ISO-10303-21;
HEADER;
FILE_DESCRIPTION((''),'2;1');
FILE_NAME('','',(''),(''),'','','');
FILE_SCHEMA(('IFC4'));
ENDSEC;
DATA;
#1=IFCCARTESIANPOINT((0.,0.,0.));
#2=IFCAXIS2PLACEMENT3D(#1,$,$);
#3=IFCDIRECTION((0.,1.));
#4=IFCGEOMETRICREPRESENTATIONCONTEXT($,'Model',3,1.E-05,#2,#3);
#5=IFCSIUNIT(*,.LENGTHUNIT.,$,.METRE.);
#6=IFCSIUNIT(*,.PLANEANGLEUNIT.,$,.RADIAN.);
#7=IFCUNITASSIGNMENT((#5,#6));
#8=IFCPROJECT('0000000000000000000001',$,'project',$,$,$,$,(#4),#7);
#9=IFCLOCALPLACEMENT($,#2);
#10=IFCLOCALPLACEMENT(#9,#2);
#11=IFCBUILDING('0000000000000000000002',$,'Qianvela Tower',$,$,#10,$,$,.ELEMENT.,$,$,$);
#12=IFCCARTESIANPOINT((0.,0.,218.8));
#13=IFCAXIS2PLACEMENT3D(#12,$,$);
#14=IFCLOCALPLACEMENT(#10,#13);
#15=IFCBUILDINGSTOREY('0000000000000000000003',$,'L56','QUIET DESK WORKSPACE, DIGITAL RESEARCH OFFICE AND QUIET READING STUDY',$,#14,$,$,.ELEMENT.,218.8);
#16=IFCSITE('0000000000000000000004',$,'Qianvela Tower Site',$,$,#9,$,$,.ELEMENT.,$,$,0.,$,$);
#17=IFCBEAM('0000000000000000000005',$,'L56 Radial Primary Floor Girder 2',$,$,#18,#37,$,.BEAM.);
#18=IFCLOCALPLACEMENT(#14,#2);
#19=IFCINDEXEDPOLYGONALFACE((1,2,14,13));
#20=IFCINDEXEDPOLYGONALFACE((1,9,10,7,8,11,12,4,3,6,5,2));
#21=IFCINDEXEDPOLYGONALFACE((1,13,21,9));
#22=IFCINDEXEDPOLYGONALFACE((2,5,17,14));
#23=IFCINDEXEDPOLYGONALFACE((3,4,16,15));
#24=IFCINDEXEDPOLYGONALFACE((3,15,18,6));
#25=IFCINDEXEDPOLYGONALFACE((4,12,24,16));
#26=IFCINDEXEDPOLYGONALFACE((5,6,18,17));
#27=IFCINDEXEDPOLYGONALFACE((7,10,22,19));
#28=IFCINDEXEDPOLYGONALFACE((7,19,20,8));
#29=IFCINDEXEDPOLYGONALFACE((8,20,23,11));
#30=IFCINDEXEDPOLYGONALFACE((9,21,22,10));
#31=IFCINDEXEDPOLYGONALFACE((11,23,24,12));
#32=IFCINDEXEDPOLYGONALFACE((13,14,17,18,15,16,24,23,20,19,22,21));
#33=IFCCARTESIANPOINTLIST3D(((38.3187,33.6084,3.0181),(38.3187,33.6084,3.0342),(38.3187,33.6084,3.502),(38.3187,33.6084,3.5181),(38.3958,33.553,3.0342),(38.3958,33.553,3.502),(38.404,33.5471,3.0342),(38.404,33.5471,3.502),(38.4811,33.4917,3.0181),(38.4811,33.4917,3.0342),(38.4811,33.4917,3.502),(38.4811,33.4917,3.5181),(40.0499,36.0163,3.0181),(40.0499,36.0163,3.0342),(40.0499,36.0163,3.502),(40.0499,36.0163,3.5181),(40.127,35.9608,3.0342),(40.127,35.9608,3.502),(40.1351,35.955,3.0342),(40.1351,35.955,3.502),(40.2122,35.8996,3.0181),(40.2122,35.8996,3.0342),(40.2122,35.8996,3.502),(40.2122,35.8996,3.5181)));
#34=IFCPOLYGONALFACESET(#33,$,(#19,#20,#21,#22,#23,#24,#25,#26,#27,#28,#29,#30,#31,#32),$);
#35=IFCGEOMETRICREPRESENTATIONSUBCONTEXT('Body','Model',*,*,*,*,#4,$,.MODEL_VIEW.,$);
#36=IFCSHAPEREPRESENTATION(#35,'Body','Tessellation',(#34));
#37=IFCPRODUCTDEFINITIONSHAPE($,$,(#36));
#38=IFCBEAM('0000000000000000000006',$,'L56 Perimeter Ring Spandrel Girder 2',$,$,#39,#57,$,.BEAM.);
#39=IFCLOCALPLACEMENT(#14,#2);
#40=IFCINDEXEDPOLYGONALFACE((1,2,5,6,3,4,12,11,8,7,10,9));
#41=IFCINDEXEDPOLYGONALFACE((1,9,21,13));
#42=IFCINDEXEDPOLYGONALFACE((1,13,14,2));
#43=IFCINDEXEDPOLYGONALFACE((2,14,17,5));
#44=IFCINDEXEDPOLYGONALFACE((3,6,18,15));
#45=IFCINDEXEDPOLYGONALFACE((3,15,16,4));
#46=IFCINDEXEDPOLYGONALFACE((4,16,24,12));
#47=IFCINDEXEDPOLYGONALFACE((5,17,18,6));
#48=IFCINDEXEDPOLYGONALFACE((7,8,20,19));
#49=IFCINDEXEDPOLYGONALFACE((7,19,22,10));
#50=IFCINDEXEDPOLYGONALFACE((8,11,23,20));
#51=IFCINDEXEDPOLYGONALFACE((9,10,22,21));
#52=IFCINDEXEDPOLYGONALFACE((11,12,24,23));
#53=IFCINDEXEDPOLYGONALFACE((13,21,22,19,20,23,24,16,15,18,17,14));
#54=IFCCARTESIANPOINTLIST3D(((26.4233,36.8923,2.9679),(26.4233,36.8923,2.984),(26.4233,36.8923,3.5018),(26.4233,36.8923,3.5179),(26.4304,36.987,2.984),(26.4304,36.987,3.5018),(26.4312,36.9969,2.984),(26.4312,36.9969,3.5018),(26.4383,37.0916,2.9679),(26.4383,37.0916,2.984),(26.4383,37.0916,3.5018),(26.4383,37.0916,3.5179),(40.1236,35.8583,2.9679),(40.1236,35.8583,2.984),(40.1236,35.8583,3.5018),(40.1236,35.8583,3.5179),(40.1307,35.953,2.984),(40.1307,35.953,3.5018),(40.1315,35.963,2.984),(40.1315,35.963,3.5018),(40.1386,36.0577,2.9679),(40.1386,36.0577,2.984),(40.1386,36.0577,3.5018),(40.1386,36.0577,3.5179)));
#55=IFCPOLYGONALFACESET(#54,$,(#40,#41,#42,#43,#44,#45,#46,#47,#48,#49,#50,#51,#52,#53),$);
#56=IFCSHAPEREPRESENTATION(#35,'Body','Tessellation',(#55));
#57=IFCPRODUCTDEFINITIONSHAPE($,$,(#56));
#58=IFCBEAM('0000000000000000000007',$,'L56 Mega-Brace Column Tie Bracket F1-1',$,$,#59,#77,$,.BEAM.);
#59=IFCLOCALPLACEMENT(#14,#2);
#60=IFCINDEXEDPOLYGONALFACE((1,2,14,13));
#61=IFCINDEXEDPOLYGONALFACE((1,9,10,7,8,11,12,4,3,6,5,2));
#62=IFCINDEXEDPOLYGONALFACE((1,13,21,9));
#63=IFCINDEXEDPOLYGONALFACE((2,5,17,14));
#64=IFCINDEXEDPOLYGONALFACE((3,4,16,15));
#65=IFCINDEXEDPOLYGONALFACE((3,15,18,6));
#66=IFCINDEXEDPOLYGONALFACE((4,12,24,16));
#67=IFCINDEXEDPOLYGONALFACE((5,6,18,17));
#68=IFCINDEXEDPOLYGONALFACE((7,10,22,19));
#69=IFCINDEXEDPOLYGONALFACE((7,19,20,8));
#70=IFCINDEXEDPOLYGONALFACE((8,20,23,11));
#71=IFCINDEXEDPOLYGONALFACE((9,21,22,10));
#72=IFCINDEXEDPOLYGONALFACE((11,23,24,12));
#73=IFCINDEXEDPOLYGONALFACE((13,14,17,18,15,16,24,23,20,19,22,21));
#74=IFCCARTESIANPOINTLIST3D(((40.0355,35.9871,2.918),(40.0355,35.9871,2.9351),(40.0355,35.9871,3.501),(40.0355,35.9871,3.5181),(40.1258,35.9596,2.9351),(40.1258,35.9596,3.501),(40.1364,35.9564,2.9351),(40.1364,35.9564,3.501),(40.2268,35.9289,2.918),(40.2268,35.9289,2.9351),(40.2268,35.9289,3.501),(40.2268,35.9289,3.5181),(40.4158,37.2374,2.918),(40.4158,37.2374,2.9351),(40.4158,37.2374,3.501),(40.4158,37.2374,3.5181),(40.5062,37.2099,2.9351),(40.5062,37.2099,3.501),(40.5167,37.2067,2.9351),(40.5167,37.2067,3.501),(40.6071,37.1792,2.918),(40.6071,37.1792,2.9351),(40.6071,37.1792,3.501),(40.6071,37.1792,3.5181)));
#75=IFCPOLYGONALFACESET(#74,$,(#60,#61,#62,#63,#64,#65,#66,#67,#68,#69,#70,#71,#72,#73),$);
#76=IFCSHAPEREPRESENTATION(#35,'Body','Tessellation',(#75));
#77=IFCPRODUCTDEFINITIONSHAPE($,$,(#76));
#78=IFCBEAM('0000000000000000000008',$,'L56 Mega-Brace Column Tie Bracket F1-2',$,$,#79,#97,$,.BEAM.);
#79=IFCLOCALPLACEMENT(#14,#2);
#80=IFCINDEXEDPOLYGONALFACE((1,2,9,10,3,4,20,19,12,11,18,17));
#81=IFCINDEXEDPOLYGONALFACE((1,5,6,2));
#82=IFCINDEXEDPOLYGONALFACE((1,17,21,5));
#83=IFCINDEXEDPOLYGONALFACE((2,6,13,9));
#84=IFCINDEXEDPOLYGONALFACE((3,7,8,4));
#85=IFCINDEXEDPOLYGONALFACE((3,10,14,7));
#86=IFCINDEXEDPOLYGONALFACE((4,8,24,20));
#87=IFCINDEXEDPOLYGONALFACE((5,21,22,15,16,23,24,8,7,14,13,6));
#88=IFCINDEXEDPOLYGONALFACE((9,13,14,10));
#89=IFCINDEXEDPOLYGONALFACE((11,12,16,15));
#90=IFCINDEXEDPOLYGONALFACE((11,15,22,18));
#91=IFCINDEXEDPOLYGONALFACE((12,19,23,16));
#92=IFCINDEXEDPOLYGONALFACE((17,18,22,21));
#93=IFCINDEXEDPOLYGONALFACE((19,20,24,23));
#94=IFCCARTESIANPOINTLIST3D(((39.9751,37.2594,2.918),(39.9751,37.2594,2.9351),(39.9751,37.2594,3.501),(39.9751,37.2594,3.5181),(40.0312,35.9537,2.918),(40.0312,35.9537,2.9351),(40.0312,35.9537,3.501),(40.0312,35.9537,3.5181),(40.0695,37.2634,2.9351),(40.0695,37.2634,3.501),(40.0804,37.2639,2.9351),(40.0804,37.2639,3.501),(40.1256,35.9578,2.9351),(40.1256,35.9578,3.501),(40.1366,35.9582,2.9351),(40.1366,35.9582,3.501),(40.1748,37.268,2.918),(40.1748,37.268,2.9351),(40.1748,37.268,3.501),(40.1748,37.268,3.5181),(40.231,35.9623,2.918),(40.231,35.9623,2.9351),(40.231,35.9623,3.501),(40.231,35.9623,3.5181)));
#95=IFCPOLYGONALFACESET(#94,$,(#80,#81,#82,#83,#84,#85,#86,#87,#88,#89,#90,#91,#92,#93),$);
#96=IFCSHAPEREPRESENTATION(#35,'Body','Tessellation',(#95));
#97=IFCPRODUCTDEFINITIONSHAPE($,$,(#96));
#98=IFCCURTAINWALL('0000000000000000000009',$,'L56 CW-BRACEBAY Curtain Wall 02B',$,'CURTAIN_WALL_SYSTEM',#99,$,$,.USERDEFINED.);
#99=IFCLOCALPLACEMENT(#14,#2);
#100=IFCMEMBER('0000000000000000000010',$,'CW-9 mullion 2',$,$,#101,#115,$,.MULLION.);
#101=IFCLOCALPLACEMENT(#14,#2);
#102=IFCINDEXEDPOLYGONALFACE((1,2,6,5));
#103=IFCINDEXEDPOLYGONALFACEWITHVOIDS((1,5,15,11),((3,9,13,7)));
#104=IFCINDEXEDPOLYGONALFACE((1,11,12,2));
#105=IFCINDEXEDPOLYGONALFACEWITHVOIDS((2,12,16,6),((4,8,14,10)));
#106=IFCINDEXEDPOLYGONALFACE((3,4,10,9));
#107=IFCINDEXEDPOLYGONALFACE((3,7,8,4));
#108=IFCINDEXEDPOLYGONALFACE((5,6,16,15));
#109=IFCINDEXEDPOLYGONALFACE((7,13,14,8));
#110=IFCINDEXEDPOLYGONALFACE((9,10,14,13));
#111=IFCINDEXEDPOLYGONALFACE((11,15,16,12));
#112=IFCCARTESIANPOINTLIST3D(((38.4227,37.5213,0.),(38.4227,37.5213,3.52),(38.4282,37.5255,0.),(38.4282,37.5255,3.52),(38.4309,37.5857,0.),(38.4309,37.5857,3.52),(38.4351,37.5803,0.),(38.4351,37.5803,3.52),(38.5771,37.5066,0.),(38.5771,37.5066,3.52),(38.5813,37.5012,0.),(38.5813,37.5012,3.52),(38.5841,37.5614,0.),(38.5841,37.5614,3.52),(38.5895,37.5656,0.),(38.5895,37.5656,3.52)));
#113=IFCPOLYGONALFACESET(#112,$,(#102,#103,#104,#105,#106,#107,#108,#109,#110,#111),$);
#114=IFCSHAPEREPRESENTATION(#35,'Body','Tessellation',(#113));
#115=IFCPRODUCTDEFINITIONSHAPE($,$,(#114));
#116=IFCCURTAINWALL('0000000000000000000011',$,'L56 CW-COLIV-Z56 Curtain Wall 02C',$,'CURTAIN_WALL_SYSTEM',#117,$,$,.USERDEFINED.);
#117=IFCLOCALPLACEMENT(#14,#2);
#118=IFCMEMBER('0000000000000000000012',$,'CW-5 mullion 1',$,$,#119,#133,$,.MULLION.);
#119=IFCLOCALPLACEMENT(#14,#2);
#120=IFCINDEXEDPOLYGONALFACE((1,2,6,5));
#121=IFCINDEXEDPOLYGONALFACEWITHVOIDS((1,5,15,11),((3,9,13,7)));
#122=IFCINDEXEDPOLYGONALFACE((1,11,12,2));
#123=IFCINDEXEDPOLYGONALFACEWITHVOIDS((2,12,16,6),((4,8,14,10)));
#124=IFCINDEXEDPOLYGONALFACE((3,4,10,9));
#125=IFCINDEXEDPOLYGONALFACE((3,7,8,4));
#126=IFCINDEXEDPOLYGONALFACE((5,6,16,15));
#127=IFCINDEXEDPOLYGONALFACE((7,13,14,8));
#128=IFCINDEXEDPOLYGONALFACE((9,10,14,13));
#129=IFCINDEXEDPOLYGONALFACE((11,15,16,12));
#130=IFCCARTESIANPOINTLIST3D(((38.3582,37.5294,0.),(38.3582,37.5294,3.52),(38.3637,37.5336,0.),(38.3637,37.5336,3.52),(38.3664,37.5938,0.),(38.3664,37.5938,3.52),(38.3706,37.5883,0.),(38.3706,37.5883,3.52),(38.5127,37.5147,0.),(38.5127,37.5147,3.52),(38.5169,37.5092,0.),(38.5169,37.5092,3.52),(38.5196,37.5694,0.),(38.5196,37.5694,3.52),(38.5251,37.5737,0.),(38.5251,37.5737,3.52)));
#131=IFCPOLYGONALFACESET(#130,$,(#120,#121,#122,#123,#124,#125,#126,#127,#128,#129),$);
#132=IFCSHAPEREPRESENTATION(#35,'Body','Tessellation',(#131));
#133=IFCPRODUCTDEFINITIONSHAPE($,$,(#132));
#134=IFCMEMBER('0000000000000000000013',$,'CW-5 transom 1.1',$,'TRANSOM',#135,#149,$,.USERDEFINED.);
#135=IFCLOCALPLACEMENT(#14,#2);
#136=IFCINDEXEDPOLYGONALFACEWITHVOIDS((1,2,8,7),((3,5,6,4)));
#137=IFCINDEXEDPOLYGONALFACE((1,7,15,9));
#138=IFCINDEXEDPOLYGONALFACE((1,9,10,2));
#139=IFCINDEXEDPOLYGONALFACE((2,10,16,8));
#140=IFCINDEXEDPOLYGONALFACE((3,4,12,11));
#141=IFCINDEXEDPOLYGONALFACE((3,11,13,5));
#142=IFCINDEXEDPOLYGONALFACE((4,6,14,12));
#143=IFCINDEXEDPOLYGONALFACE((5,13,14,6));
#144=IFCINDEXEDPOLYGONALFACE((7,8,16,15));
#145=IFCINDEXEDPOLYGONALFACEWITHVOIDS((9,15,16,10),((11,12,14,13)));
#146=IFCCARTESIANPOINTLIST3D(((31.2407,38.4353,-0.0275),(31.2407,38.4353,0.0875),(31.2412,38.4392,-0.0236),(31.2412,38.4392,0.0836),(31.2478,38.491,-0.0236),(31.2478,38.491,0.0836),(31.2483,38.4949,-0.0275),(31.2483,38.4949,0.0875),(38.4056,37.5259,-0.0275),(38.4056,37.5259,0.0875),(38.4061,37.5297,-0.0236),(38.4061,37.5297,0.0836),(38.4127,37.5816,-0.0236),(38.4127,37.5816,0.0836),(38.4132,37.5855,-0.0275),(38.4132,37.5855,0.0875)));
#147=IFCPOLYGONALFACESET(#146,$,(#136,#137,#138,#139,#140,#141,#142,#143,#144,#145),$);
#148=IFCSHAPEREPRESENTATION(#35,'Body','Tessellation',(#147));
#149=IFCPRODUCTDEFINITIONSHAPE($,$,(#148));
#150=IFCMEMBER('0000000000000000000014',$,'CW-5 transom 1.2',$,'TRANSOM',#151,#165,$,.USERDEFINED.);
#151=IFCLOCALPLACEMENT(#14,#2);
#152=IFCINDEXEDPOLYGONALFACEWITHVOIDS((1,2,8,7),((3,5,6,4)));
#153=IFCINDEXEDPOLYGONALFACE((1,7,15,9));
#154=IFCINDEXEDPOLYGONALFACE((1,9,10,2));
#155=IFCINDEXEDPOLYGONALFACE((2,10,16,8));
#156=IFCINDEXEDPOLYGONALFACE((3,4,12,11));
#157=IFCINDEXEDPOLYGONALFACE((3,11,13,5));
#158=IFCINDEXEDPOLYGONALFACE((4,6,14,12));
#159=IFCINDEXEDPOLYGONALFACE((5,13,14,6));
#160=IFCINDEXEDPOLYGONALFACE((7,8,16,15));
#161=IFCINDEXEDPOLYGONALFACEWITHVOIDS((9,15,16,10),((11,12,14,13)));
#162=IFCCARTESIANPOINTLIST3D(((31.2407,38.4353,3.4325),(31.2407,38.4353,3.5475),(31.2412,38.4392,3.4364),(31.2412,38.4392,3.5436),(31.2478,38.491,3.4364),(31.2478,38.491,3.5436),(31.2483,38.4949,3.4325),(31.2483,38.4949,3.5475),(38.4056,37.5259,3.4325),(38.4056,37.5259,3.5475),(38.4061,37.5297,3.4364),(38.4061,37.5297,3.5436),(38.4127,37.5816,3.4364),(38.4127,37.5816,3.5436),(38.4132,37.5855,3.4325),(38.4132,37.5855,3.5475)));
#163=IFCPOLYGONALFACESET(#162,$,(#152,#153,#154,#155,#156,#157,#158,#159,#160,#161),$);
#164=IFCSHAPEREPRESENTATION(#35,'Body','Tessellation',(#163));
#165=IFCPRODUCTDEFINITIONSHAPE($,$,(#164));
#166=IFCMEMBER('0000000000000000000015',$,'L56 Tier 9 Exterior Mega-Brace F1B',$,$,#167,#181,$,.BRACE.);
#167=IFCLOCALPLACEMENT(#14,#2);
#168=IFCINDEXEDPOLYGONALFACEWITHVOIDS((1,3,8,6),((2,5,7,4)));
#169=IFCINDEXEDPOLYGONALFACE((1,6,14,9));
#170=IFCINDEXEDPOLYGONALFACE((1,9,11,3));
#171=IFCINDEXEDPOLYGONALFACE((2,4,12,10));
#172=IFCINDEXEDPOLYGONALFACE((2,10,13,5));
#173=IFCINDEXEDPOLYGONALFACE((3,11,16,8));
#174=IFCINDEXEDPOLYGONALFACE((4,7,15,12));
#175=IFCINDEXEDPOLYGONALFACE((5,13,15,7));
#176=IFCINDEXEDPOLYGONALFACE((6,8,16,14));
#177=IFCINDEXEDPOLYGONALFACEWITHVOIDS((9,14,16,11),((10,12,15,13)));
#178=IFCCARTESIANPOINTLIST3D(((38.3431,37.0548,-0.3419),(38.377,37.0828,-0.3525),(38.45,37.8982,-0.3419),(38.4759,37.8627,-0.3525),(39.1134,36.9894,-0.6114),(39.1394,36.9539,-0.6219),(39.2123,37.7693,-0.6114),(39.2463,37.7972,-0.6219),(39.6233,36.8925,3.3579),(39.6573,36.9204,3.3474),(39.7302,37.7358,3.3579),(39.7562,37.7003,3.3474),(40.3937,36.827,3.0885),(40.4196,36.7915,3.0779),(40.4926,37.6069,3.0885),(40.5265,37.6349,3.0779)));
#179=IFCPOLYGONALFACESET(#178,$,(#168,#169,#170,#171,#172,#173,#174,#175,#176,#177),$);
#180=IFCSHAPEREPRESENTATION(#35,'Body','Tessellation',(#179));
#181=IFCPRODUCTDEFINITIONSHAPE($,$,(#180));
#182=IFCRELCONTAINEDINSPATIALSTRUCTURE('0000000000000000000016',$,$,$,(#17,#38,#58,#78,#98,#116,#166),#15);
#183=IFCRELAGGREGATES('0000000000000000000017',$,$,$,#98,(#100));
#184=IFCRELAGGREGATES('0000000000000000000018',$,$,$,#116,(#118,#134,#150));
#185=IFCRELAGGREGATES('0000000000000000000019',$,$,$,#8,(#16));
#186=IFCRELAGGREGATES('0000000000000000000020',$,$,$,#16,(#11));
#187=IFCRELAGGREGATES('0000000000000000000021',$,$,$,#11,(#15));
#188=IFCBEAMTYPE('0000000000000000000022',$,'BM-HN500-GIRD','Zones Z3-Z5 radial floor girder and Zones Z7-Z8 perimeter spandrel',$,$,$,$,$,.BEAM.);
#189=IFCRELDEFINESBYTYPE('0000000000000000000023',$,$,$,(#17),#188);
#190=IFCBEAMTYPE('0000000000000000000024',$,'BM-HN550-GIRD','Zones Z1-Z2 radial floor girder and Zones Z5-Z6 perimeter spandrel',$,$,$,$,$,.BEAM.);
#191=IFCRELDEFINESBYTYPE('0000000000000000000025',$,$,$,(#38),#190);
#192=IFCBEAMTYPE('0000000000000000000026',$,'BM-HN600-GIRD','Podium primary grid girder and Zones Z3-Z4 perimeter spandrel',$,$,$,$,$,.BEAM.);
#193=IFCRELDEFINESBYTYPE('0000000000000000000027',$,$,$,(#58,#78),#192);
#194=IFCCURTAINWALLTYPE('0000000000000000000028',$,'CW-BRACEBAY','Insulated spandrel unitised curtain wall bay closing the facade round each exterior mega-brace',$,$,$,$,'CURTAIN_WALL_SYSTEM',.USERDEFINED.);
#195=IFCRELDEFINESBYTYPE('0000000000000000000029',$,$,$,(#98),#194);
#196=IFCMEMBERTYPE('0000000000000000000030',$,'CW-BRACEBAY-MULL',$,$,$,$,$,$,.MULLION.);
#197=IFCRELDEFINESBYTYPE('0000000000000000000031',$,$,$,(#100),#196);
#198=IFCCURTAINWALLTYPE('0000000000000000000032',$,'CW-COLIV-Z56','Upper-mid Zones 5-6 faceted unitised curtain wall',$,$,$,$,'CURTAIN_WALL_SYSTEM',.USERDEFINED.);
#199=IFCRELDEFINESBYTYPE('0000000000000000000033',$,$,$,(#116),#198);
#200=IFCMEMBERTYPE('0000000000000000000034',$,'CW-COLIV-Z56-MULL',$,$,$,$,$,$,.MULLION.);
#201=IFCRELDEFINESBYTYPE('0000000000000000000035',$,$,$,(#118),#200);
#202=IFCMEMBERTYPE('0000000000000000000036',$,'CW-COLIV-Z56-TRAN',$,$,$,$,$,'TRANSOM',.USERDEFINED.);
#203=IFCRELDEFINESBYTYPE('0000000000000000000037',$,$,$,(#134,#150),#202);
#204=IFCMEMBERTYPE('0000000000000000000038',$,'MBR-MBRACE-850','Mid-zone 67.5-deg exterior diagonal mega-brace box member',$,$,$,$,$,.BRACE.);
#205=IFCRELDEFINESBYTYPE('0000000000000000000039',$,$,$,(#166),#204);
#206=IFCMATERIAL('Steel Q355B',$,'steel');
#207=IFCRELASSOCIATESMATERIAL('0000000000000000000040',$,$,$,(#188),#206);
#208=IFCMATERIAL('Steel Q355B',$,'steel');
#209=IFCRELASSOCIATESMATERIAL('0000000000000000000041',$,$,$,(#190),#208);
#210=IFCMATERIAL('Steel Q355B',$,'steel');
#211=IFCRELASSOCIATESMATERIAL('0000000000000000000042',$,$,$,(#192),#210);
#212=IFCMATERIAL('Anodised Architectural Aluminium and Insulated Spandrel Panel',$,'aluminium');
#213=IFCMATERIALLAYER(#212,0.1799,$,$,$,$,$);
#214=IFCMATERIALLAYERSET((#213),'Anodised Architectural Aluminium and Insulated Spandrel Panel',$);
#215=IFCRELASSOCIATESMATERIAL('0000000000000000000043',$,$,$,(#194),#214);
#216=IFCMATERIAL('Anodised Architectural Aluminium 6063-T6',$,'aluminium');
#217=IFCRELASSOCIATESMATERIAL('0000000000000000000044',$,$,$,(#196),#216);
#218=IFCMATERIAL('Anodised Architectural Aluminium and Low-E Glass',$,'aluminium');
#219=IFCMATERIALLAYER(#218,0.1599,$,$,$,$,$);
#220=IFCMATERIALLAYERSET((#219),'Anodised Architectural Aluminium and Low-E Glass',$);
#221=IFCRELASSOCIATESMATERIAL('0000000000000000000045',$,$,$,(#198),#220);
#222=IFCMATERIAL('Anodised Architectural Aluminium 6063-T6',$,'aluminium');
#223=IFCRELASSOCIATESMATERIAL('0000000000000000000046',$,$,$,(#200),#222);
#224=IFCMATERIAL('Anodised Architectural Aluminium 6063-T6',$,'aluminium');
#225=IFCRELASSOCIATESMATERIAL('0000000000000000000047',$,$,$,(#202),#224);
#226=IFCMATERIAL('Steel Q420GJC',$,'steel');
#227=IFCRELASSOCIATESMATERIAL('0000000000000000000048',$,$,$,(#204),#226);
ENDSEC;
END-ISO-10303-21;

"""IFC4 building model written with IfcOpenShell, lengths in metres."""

from ifc_helpers import new_model, si_unit, direction, frame, origin, origin_2d, place, context, subcontext, project, spatial, hollow_rectangle, i_section, extrude, material, layer, layer_set, material_profile, profile_set, type_object, element, aggregate, save


model = new_model("IFC4")

# Units and contexts
model_context = context("Model", 3, precision=1e-05, world=origin(), true_north=direction((0.0, 1.0)))
body_context = subcontext(model_context, "Body", "Model", "MODEL_VIEW")
ifc_project = project(units=[si_unit("LENGTHUNIT", "METRE"), si_unit("PLANEANGLEUNIT", "RADIAN")], contexts=[model_context])

# Site, building, storey
site_placement = place(None, origin())
site = spatial("IfcSite", under=ifc_project, at=site_placement, Name="Qianvela Tower Site", CompositionType="ELEMENT", RefElevation=0.0)
building_placement = place(site_placement, origin())
building = spatial("IfcBuilding", under=site, at=building_placement, Name="Qianvela Tower", CompositionType="ELEMENT")
storey_placement = place(building_placement, frame((0.0, 0.0, 218.8)))
storey = spatial("IfcBuildingStorey", under=building, at=storey_placement, Name="L56", Description="QUIET DESK WORKSPACE, DIGITAL RESEARCH OFFICE AND QUIET READING STUDY", CompositionType="ELEMENT", Elevation=218.8)

# Beams
ifc_material_1 = material(Name="Steel Q355B", Category="steel")
ifc_material_profile_1 = material_profile(ifc_material_1, i_section(OverallWidth=0.2, OverallDepth=0.5, WebThickness=0.01, FlangeThickness=0.0161, at=origin_2d()), Name="HN500x200x10x16")
ifc_profile_set_1 = profile_set([ifc_material_profile_1], Name="Steel Q355B")
beam_type_1 = type_object("IfcBeamType", Name="BM-HN500-GIRD", Description="Zones Z3-Z5 radial floor girder and Zones Z7-Z8 perimeter spandrel", PredefinedType="BEAM", material=ifc_profile_set_1)
beam_1_placement = place(storey_placement, frame((38.3999, 33.55, 3.2681), z_axis=(0.583743, 0.811939, 0.0), x_axis=(-0.811939, 0.583743, 0.0)))
element("IfcBeam", 1, at=beam_1_placement, inside=storey, type_object=beam_type_1, Name="L56 Radial Primary Floor Girder 2", PredefinedType="BEAM", context=body_context, shape_type="SweptSolid", body=[
    extrude(i_section(OverallWidth=0.2, OverallDepth=0.5, WebThickness=0.01, FlangeThickness=0.0161, at=origin_2d()), origin(), (0.0, 0.0, 1.0), 2.9656),
])
ifc_material_2 = material(Name="Steel Q355B", Category="steel")
ifc_material_profile_2 = material_profile(ifc_material_2, i_section(OverallWidth=0.2, OverallDepth=0.55, WebThickness=0.01, FlangeThickness=0.0161, at=origin_2d()), Name="HN550x200x10x16")
ifc_profile_set_2 = profile_set([ifc_material_profile_2], Name="Steel Q355B")
beam_type_2 = type_object("IfcBeamType", Name="BM-HN550-GIRD", Description="Zones Z1-Z2 radial floor girder and Zones Z5-Z6 perimeter spandrel", PredefinedType="BEAM", material=ifc_profile_set_2)
beam_2_placement = place(storey_placement, frame((40.1311, 35.958, 3.2429), z_axis=(-0.997164, 0.075255, 0.0), x_axis=(-0.075255, -0.997164, 0.0)))
element("IfcBeam", 2, at=beam_2_placement, inside=storey, type_object=beam_type_2, Name="L56 Perimeter Ring Spandrel Girder 2", PredefinedType="BEAM", context=body_context, shape_type="SweptSolid", body=[
    extrude(i_section(OverallWidth=0.2, OverallDepth=0.55, WebThickness=0.01, FlangeThickness=0.0161, at=origin_2d()), origin(), (0.0, 0.0, 1.0), 13.7393),
])
ifc_material_3 = material(Name="Steel Q355B", Category="steel")
ifc_material_profile_3 = material_profile(ifc_material_3, i_section(OverallWidth=0.2, OverallDepth=0.6001, WebThickness=0.011, FlangeThickness=0.0171, at=origin_2d()), Name="HN600x200x11x17")
ifc_profile_set_3 = profile_set([ifc_material_profile_3], Name="Steel Q355B")
beam_type_3 = type_object("IfcBeamType", Name="BM-HN600-GIRD", Description="Podium primary grid girder and Zones Z3-Z4 perimeter spandrel", PredefinedType="BEAM", material=ifc_profile_set_3)
for number, where, z_axis, x_axis, name in (
    (3, (40.1311, 35.958, 3.218), (0.291065, 0.956703, 0.0), (-0.956703, 0.291065, 0.0), "L56 Mega-Brace Column Tie Bracket F1-1"),
    (4, (40.1311, 35.958, 3.218), (-0.042967, 0.999076, 0.0), (-0.999076, -0.042967, 0.0), "L56 Mega-Brace Column Tie Bracket F1-2"),
):
    element("IfcBeam", number, at=place(storey_placement, frame(where, z_axis=z_axis, x_axis=x_axis)), inside=storey, type_object=beam_type_3, Name=name, PredefinedType="BEAM", context=body_context, shape_type="SweptSolid", body=[
        extrude(i_section(OverallWidth=0.2, OverallDepth=0.6001, WebThickness=0.011, FlangeThickness=0.0171, at=origin_2d()), origin(), (0.0, 0.0, 1.0), 1.3069),
    ])

# Curtain wall, member
ifc_material_4 = material(Name="Anodised Architectural Aluminium and Insulated Spandrel Panel", Category="aluminium")
ifc_layer_1 = layer(ifc_material_4, 0.1799)
ifc_layer_set_1 = layer_set([ifc_layer_1], Name="Anodised Architectural Aluminium and Insulated Spandrel Panel")
curtain_wall_type_1 = type_object("IfcCurtainWallType", Name="CW-BRACEBAY", Description="Insulated spandrel unitised curtain wall bay closing the facade round each exterior mega-brace", ElementType="CURTAIN_WALL_SYSTEM", PredefinedType="USERDEFINED", material=ifc_layer_set_1)
curtain_wall_1_placement = place(storey_placement, origin())
curtain_wall_1 = element("IfcCurtainWall", 5, at=curtain_wall_1_placement, inside=storey, type_object=curtain_wall_type_1, Name="L56 CW-BRACEBAY Curtain Wall 02B", ObjectType="CURTAIN_WALL_SYSTEM", PredefinedType="USERDEFINED")
ifc_material_5 = material(Name="Anodised Architectural Aluminium 6063-T6", Category="aluminium")
ifc_material_profile_4 = material_profile(ifc_material_5, hollow_rectangle(XDim=0.0649, YDim=0.1599, WallThickness=0.0049, at=origin_2d()), Name="ALU-MULL-65x160")
ifc_profile_set_4 = profile_set([ifc_material_profile_4], Name="Anodised Architectural Aluminium 6063-T6")
member_type_1 = type_object("IfcMemberType", Name="CW-BRACEBAY-MULL", PredefinedType="MULLION", material=ifc_profile_set_4)
member_1_placement = place(storey_placement, frame((38.5061, 37.5435, 0.0), z_axis=(0.0, 0.0, 1.0), x_axis=(-0.125899, -0.992043, 0.0)))
member_1 = element("IfcMember", 6, at=member_1_placement, type_object=member_type_1, Name="CW-9 mullion 2", PredefinedType="MULLION", context=body_context, shape_type="SweptSolid", body=[
    extrude(hollow_rectangle(XDim=0.0649, YDim=0.1599, WallThickness=0.0049, at=origin_2d()), origin(), (0.0, 0.0, 1.0), 3.52),
])

# Curtain wall, members
ifc_material_6 = material(Name="Anodised Architectural Aluminium and Low-E Glass", Category="aluminium")
ifc_layer_2 = layer(ifc_material_6, 0.1599)
ifc_layer_set_2 = layer_set([ifc_layer_2], Name="Anodised Architectural Aluminium and Low-E Glass")
curtain_wall_type_2 = type_object("IfcCurtainWallType", Name="CW-COLIV-Z56", Description="Upper-mid Zones 5-6 faceted unitised curtain wall", ElementType="CURTAIN_WALL_SYSTEM", PredefinedType="USERDEFINED", material=ifc_layer_set_2)
curtain_wall_2_placement = place(storey_placement, origin())
curtain_wall_2 = element("IfcCurtainWall", 7, at=curtain_wall_2_placement, inside=storey, type_object=curtain_wall_type_2, Name="L56 CW-COLIV-Z56 Curtain Wall 02C", ObjectType="CURTAIN_WALL_SYSTEM", PredefinedType="USERDEFINED")
ifc_material_7 = material(Name="Anodised Architectural Aluminium 6063-T6", Category="aluminium")
ifc_material_profile_5 = material_profile(ifc_material_7, hollow_rectangle(XDim=0.0649, YDim=0.1599, WallThickness=0.0049, at=origin_2d()), Name="ALU-MULL-65x160")
ifc_profile_set_5 = profile_set([ifc_material_profile_5], Name="Anodised Architectural Aluminium 6063-T6")
member_type_2 = type_object("IfcMemberType", Name="CW-COLIV-Z56-MULL", PredefinedType="MULLION", material=ifc_profile_set_5)
member_2_placement = place(storey_placement, frame((38.4417, 37.5515, 0.0), z_axis=(0.0, 0.0, 1.0), x_axis=(-0.125903, -0.992043, 0.0)))
member_2 = element("IfcMember", 8, at=member_2_placement, type_object=member_type_2, Name="CW-5 mullion 1", PredefinedType="MULLION", context=body_context, shape_type="SweptSolid", body=[
    extrude(hollow_rectangle(XDim=0.0649, YDim=0.1599, WallThickness=0.0049, at=origin_2d()), origin(), (0.0, 0.0, 1.0), 3.52),
])
ifc_material_8 = material(Name="Anodised Architectural Aluminium 6063-T6", Category="aluminium")
ifc_material_profile_6 = material_profile(ifc_material_8, hollow_rectangle(XDim=0.0601, YDim=0.115, WallThickness=0.0039, at=origin_2d()), Name="ALU-TRAN-60x115")
ifc_profile_set_6 = profile_set([ifc_material_profile_6], Name="Anodised Architectural Aluminium 6063-T6")
member_type_3 = type_object("IfcMemberType", Name="CW-COLIV-Z56-TRAN", ElementType="TRANSOM", PredefinedType="USERDEFINED", material=ifc_profile_set_6)
member_3_placement = place(storey_placement, frame((38.4094, 37.5557, 0.03), z_axis=(-0.992041, 0.125915, 0.0), x_axis=(-0.125915, -0.992041, 0.0)))
member_3 = element("IfcMember", 9, at=member_3_placement, type_object=member_type_3, Name="CW-5 transom 1.1", ObjectType="TRANSOM", PredefinedType="USERDEFINED", context=body_context, shape_type="SweptSolid", body=[
    extrude(hollow_rectangle(XDim=0.0601, YDim=0.115, WallThickness=0.0039, at=origin_2d()), origin(), (0.0, 0.0, 1.0), 7.2224),
])
member_4_placement = place(storey_placement, frame((38.4094, 37.5557, 3.49), z_axis=(-0.992041, 0.125915, 0.0), x_axis=(-0.125915, -0.992041, 0.0)))
member_4 = element("IfcMember", 10, at=member_4_placement, type_object=member_type_3, Name="CW-5 transom 1.2", ObjectType="TRANSOM", PredefinedType="USERDEFINED", context=body_context, shape_type="SweptSolid", body=[
    extrude(hollow_rectangle(XDim=0.0601, YDim=0.115, WallThickness=0.0039, at=origin_2d()), origin(), (0.0, 0.0, 1.0), 7.2224),
])

# Member
ifc_material_9 = material(Name="Steel Q420GJC", Category="steel")
ifc_material_profile_7 = material_profile(ifc_material_9, hollow_rectangle(XDim=0.8501, YDim=0.8501, WallThickness=0.032, at=origin_2d()), Name="MBOX-850x850x32")
ifc_profile_set_7 = profile_set([ifc_material_profile_7], Name="Steel Q420GJC")
member_type_4 = type_object("IfcMemberType", Name="MBR-MBRACE-850", Description="Mid-zone 67.5-deg exterior diagonal mega-brace box member", PredefinedType="BRACE", material=ifc_profile_set_7)
member_5_placement = place(storey_placement, frame((38.7947, 37.426, -0.4819), z_axis=(0.326721, -0.041432, 0.944212), x_axis=(0.125804, 0.992055, 0.0)))
element("IfcMember", 11, at=member_5_placement, inside=storey, type_object=member_type_4, Name="L56 Tier 9 Exterior Mega-Brace F1B", PredefinedType="BRACE", context=body_context, shape_type="SweptSolid", body=[
    extrude(hollow_rectangle(XDim=0.8501, YDim=0.8501, WallThickness=0.032, at=origin_2d()), origin(), (0.0, 0.0, 1.0), 3.9185),
])

aggregate(curtain_wall_1, [member_1])
aggregate(curtain_wall_2, [member_2, member_3, member_4])

save(model, "model.ifc")
